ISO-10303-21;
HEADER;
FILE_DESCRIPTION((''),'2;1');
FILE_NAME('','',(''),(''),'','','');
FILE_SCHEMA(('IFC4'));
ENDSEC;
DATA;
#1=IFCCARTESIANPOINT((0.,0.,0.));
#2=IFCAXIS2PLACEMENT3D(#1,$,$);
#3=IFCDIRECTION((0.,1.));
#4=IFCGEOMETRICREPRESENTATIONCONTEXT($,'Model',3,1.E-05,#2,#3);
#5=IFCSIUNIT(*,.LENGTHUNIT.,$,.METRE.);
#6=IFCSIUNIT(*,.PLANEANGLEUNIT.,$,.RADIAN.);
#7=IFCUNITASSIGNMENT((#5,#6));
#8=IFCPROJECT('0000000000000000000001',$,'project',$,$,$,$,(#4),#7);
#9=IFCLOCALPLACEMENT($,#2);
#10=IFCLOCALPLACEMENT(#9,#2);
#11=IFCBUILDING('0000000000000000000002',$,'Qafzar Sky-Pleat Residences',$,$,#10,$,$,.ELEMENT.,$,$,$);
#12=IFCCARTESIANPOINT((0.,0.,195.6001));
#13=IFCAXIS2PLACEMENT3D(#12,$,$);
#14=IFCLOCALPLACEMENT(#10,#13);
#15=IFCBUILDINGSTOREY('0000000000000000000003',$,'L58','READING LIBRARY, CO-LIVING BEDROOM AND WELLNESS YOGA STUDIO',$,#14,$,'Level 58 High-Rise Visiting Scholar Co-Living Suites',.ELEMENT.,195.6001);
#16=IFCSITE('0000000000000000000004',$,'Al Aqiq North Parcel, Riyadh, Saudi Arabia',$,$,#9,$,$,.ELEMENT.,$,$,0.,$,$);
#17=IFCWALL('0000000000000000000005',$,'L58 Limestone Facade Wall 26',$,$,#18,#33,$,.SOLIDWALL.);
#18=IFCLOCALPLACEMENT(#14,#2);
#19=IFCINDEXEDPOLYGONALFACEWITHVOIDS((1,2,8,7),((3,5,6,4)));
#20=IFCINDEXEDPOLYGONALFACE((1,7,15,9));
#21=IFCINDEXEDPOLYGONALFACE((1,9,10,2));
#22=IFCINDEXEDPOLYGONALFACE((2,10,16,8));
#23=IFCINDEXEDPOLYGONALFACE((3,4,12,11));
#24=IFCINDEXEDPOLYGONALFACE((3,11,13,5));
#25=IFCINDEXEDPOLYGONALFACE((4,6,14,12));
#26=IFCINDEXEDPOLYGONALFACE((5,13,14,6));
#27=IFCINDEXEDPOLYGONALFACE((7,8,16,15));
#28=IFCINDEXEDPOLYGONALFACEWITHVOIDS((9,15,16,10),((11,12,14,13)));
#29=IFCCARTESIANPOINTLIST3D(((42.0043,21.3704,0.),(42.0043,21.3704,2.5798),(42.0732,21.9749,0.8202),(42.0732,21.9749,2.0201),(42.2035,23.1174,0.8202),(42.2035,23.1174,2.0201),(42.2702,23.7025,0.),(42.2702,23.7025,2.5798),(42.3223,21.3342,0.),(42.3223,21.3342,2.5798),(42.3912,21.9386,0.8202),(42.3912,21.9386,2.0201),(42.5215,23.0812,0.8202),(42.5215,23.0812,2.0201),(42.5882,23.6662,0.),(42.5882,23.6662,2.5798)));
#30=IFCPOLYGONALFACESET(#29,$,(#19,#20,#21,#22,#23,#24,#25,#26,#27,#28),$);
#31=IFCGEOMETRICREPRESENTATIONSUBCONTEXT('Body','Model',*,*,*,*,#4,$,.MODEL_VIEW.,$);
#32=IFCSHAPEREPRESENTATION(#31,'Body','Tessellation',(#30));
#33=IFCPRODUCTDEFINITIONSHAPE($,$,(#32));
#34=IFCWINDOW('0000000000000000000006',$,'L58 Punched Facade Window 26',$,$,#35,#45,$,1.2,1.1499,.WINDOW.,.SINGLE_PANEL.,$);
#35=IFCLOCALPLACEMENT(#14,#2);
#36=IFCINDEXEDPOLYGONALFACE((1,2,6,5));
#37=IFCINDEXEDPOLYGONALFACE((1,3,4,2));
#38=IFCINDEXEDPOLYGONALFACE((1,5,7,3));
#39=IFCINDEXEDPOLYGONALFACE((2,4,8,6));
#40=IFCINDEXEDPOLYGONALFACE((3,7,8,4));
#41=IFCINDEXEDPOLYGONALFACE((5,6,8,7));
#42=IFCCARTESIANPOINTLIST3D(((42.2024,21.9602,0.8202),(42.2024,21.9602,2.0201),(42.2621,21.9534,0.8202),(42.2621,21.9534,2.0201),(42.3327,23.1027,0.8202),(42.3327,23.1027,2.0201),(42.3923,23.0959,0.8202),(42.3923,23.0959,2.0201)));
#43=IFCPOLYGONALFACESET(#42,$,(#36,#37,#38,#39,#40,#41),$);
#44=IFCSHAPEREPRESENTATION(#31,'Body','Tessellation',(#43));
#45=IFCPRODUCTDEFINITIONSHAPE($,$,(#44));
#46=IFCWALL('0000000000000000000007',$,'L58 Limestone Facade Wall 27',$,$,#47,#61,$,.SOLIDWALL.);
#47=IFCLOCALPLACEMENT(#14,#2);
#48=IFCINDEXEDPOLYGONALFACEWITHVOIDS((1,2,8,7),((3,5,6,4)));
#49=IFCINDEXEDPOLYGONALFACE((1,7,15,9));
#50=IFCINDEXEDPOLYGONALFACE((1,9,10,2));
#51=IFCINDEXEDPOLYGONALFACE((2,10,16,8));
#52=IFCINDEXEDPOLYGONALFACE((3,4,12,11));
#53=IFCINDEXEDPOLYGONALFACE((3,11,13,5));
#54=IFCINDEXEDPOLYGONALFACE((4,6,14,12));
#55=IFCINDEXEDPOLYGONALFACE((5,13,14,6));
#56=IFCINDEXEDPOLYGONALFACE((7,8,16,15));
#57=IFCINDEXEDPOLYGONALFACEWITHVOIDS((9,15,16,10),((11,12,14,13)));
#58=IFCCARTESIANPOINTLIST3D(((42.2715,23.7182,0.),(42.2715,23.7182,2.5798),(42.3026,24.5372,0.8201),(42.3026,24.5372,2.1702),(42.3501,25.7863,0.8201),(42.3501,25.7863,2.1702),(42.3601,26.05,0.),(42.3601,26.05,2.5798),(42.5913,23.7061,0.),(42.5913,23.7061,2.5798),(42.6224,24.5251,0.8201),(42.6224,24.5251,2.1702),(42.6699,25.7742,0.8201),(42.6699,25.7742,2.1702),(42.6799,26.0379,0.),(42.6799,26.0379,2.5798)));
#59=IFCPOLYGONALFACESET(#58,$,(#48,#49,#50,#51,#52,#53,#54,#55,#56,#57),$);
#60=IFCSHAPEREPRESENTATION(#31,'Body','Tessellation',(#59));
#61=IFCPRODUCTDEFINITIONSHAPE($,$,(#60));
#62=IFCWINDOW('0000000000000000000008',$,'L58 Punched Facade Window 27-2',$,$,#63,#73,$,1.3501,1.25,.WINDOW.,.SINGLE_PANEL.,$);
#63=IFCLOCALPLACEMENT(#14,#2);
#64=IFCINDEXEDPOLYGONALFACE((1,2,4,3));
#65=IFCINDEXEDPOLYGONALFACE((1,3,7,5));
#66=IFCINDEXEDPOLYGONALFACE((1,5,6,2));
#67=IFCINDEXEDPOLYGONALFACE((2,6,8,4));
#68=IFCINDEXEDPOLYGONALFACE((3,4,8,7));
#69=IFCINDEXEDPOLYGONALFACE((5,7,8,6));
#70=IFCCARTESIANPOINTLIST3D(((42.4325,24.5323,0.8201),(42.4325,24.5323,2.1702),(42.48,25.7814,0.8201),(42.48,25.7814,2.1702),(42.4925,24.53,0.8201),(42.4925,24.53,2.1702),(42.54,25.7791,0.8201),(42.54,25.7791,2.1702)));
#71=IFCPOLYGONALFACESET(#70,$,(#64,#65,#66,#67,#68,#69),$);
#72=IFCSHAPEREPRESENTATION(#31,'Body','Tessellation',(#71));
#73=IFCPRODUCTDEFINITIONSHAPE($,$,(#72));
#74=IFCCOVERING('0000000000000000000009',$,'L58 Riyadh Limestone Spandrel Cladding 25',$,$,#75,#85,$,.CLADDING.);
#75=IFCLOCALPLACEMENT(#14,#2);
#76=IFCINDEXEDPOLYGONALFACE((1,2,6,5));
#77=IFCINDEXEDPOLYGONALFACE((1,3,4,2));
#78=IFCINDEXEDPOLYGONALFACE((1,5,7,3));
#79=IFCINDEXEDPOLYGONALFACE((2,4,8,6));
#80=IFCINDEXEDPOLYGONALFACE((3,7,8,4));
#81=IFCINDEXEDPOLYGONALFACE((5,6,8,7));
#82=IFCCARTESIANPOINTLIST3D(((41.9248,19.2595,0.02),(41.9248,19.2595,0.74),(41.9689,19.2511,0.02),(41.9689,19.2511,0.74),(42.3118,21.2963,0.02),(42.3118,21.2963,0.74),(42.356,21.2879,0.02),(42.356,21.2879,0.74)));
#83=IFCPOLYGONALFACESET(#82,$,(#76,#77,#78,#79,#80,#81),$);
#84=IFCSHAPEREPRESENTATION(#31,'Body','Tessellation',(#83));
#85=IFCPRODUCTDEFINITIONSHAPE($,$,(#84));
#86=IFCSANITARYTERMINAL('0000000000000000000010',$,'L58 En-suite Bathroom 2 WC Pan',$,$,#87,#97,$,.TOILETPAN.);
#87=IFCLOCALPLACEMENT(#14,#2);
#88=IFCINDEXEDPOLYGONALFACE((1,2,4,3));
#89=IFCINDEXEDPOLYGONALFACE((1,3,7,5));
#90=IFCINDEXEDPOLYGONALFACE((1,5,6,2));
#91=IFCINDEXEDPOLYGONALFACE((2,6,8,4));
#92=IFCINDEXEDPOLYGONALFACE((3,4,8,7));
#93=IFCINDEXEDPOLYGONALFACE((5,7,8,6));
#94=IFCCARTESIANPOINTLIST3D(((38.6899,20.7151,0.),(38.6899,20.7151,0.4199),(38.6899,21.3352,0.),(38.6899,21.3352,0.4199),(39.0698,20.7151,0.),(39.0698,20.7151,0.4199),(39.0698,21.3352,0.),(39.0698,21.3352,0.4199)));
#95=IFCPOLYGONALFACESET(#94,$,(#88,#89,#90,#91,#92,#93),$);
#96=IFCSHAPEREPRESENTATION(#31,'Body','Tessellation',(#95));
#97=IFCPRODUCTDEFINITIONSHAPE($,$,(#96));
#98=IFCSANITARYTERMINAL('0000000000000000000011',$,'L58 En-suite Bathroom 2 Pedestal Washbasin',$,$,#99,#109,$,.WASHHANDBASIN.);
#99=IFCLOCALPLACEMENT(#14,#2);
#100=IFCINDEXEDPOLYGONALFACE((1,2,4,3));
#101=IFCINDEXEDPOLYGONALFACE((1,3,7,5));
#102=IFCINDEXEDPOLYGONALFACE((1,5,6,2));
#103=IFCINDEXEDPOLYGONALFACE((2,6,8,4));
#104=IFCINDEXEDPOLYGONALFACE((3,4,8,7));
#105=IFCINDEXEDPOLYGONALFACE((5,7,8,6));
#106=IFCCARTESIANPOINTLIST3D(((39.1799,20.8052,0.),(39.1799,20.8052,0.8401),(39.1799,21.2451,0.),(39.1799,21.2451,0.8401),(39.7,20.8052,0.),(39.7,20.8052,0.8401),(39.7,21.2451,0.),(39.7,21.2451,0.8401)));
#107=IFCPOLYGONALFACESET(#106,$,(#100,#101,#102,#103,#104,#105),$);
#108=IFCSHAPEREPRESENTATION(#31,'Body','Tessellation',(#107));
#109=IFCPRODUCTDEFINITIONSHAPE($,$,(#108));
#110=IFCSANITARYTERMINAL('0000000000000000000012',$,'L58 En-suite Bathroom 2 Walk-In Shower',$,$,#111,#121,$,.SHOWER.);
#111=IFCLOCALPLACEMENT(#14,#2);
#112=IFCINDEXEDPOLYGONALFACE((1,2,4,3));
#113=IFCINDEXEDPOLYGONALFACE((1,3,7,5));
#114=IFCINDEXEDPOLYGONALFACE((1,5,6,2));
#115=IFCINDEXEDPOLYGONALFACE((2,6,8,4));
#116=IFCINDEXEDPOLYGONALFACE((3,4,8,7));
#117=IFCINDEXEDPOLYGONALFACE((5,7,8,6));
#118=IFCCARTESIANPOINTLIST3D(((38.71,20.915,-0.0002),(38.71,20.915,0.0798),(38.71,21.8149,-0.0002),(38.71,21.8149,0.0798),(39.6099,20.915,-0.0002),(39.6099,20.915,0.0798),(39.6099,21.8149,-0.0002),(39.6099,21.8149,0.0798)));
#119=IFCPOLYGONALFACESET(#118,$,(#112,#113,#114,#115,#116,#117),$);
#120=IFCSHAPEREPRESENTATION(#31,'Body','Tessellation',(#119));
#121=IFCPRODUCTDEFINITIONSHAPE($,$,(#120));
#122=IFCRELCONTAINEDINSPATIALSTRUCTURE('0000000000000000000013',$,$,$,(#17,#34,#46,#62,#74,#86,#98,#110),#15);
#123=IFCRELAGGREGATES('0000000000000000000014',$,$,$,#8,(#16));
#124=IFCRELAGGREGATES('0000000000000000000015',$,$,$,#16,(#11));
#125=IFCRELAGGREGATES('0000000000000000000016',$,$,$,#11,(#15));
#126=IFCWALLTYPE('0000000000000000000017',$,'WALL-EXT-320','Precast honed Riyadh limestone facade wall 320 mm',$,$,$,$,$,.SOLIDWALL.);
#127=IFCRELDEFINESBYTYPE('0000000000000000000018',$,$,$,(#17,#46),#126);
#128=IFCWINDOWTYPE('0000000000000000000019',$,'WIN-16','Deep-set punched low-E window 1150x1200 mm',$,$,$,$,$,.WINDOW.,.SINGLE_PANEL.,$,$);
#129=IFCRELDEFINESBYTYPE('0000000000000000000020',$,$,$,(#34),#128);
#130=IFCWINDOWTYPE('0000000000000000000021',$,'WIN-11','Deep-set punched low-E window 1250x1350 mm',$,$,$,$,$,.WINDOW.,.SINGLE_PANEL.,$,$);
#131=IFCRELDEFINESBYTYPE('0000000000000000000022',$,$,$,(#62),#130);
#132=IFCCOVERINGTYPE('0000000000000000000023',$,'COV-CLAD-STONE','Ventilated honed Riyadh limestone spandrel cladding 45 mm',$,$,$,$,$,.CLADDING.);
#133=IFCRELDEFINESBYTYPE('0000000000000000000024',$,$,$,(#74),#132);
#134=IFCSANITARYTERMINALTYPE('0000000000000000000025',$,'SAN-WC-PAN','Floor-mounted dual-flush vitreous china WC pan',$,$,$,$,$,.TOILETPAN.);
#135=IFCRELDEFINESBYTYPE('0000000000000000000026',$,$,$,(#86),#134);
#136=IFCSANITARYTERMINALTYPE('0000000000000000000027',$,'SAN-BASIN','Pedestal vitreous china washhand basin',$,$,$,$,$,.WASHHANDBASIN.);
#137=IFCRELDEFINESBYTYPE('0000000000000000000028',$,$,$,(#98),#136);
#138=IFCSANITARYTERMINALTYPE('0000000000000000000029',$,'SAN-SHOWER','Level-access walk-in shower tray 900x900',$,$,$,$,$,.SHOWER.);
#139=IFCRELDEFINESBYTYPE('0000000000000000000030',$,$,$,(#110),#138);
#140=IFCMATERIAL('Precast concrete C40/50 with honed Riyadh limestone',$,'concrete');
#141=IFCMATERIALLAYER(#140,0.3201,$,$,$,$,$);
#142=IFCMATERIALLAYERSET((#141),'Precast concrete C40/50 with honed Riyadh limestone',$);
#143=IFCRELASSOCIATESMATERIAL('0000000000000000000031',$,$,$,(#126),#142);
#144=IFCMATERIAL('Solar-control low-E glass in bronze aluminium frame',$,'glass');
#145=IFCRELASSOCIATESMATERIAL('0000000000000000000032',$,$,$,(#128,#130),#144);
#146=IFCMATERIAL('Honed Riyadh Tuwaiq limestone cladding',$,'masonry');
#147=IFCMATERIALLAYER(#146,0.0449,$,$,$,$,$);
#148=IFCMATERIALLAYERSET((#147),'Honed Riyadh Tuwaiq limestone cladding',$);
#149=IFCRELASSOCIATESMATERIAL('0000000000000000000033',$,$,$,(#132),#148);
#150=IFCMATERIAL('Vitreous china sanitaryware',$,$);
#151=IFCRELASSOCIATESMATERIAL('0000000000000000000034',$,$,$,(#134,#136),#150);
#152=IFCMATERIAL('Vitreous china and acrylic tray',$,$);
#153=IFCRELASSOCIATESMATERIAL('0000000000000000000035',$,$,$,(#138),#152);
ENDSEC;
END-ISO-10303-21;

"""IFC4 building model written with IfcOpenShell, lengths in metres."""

from ifc_helpers import new_model, si_unit, direction, frame, frame_2d, origin, origin_2d, place, context, subcontext, project, spatial, rectangle, extrude, source, transform, mapped, material, layer, layer_set, type_object, element, fill, save


model = new_model("IFC4")

# Units and contexts
model_context = context("Model", 3, precision=1e-05, world=origin(), true_north=direction((0.0, 1.0)))
body_context = subcontext(model_context, "Body", "Model", "MODEL_VIEW")
ifc_project = project(units=[si_unit("LENGTHUNIT", "METRE"), si_unit("PLANEANGLEUNIT", "RADIAN")], contexts=[model_context])

# Site, building, storey
site_placement = place(None, origin())
site = spatial("IfcSite", under=ifc_project, at=site_placement, Name="Al Aqiq North Parcel, Riyadh, Saudi Arabia", CompositionType="ELEMENT", RefElevation=0.0)
building_placement = place(site_placement, origin())
building = spatial("IfcBuilding", under=site, at=building_placement, Name="Qafzar Sky-Pleat Residences", CompositionType="ELEMENT")
storey_placement = place(building_placement, frame((0.0, 0.0, 195.6001)))
storey = spatial("IfcBuildingStorey", under=building, at=storey_placement, Name="L58", Description="READING LIBRARY, CO-LIVING BEDROOM AND WELLNESS YOGA STUDIO", LongName="Level 58 High-Rise Visiting Scholar Co-Living Suites", CompositionType="ELEMENT", Elevation=195.6001)

# Walls, openings, windows
ifc_material_1 = material(Name="Precast concrete C40/50 with honed Riyadh limestone", Category="concrete")
ifc_layer_1 = layer(ifc_material_1, 0.3201)
ifc_layer_set_1 = layer_set([ifc_layer_1], Name="Precast concrete C40/50 with honed Riyadh limestone")
wall_type_1 = type_object("IfcWallType", Name="WALL-EXT-320", Description="Precast honed Riyadh limestone facade wall 320 mm", PredefinedType="SOLIDWALL", material=ifc_layer_set_1)
wall_1_placement = place(storey_placement, frame((42.1633, 21.3523, 0.0), z_axis=(0.0, 0.0, 1.0), x_axis=(0.113274, 0.993564, 0.0)))
wall_1 = element("IfcWall", 1, at=wall_1_placement, inside=storey, type_object=wall_type_1, Name="L58 Limestone Facade Wall 26", PredefinedType="SOLIDWALL", context=body_context, shape_type="SweptSolid", body=[
    extrude(rectangle(XDim=2.3472, YDim=0.3201, at=frame_2d((1.1736, 0.0))), origin(), (0.0, 0.0, 1.0), 2.5798),
])
opening_1_placement = place(wall_1_placement, frame((0.6084, 0.0, 0.8201)))
opening_1 = element("IfcOpeningElement", 2, at=opening_1_placement, cuts=wall_1, PredefinedType="OPENING", context=body_context, shape_type="SweptSolid", body=[
    extrude(rectangle(XDim=1.1499, YDim=1.2, at=frame_2d((0.575, 0.6001))), frame((0.0, 0.1699, 0.0), z_axis=(0.0, -1.0, 0.0), x_axis=(1.0, 0.0, 0.0)), (0.0, 0.0, 1.0), 0.3401),
])
ifc_material_2 = material(Name="Solar-control low-E glass in bronze aluminium frame", Category="glass")
window_type_1 = type_object("IfcWindowType", Name="WIN-16", Description="Deep-set punched low-E window 1150x1200 mm", PartitioningType="SINGLE_PANEL", PredefinedType="WINDOW", material=ifc_material_2)
shared_shape_1 = source(origin(), body_context, "Body", "SweptSolid", [
    extrude(rectangle(XDim=1.1499, YDim=1.2, at=frame_2d((0.575, 0.6001))), frame((0.0, 0.03, 0.0), z_axis=(0.0, -1.0, 0.0), x_axis=(1.0, 0.0, 0.0)), (0.0, 0.0, 1.0), 0.0601),
])
window_1_placement = place(opening_1_placement, origin())
window_1 = element("IfcWindow", 3, at=window_1_placement, inside=storey, type_object=window_type_1, Name="L58 Punched Facade Window 26", OverallHeight=1.2, OverallWidth=1.1499, PartitioningType="SINGLE_PANEL", PredefinedType="WINDOW", context=body_context, shape_type="MappedRepresentation", body=[
    mapped(shared_shape_1, transform((0.0, 0.0, 0.0), x_axis=(1.0, 0.0, 0.0), y_axis=(0.0, 1.0, 0.0), z_axis=(0.0, 0.0, 1.0), scale=1.0)),
])
fill(opening_1, window_1)
wall_2_placement = place(storey_placement, frame((42.4314, 23.7122, 0.0), z_axis=(0.0, 0.0, 1.0), x_axis=(0.037979, 0.999279, 0.0)))
wall_2 = element("IfcWall", 4, at=wall_2_placement, inside=storey, type_object=wall_type_1, Name="L58 Limestone Facade Wall 27", PredefinedType="SOLIDWALL", context=body_context, shape_type="SweptSolid", body=[
    extrude(rectangle(XDim=2.3335, YDim=0.3201, at=frame_2d((1.1667, 0.0))), origin(), (0.0, 0.0, 1.0), 2.5798),
])
opening_2_placement = place(wall_2_placement, frame((0.8196, 0.0, 0.8201)))
opening_2 = element("IfcOpeningElement", 5, at=opening_2_placement, cuts=wall_2, PredefinedType="OPENING", context=body_context, shape_type="SweptSolid", body=[
    extrude(rectangle(XDim=1.25, YDim=1.3501, at=frame_2d((0.625, 0.675))), frame((0.0, 0.1699, 0.0), z_axis=(0.0, -1.0, 0.0), x_axis=(1.0, 0.0, 0.0)), (0.0, 0.0, 1.0), 0.3401),
])
window_type_2 = type_object("IfcWindowType", Name="WIN-11", Description="Deep-set punched low-E window 1250x1350 mm", PartitioningType="SINGLE_PANEL", PredefinedType="WINDOW", material=ifc_material_2)
shared_shape_2 = source(origin(), body_context, "Body", "SweptSolid", [
    extrude(rectangle(XDim=1.25, YDim=1.3501, at=frame_2d((0.625, 0.675))), frame((0.0, 0.03, 0.0), z_axis=(0.0, -1.0, 0.0), x_axis=(1.0, 0.0, 0.0)), (0.0, 0.0, 1.0), 0.0601),
])
window_2_placement = place(opening_2_placement, origin())
window_2 = element("IfcWindow", 6, at=window_2_placement, inside=storey, type_object=window_type_2, Name="L58 Punched Facade Window 27-2", OverallHeight=1.3501, OverallWidth=1.25, PartitioningType="SINGLE_PANEL", PredefinedType="WINDOW", context=body_context, shape_type="MappedRepresentation", body=[
    mapped(shared_shape_2, transform((0.0, 0.0, 0.0), x_axis=(1.0, 0.0, 0.0), y_axis=(0.0, 1.0, 0.0), z_axis=(0.0, 0.0, 1.0), scale=1.0)),
])
fill(opening_2, window_2)

# Covering
ifc_material_3 = material(Name="Honed Riyadh Tuwaiq limestone cladding", Category="masonry")
ifc_layer_2 = layer(ifc_material_3, 0.0449)
ifc_layer_set_2 = layer_set([ifc_layer_2], Name="Honed Riyadh Tuwaiq limestone cladding")
covering_type = type_object("IfcCoveringType", Name="COV-CLAD-STONE", Description="Ventilated honed Riyadh limestone spandrel cladding 45 mm", PredefinedType="CLADDING", material=ifc_layer_set_2)
shared_shape_3 = source(origin(), body_context, "Body", "SweptSolid", [
    extrude(rectangle(XDim=2.0732, YDim=0.0449, at=origin_2d()), origin(), (0.0, 0.0, 1.0), 0.72),
])
covering_placement = place(storey_placement, frame((42.1404, 20.2737, 0.02), z_axis=(0.0, 0.0, 1.0), x_axis=(0.186673, 0.982422, 0.0)))
element("IfcCovering", 7, at=covering_placement, inside=storey, type_object=covering_type, Name="L58 Riyadh Limestone Spandrel Cladding 25", PredefinedType="CLADDING", context=body_context, shape_type="MappedRepresentation", body=[
    mapped(shared_shape_3, transform((0.0, 0.0, 0.0), x_axis=(1.0, 0.0, 0.0), y_axis=(0.0, 1.0, 0.0), z_axis=(0.0, 0.0, 1.0), scale=1.0)),
])

# Sanitary terminals
ifc_material_4 = material(Name="Vitreous china sanitaryware")
sanitary_terminal_type_1 = type_object("IfcSanitaryTerminalType", Name="SAN-WC-PAN", Description="Floor-mounted dual-flush vitreous china WC pan", PredefinedType="TOILETPAN", material=ifc_material_4)
shared_shape_4 = source(origin(), body_context, "Body", "SweptSolid", [
    extrude(rectangle(XDim=0.3799, YDim=0.6201, at=origin_2d()), origin(), (0.0, 0.0, 1.0), 0.4199),
])
sanitary_terminal_1_placement = place(storey_placement, frame((38.8799, 21.0251, 0.0), z_axis=(0.0, 0.0, 1.0), x_axis=(1.0, 0.0, 0.0)))
element("IfcSanitaryTerminal", 8, at=sanitary_terminal_1_placement, inside=storey, type_object=sanitary_terminal_type_1, Name="L58 En-suite Bathroom 2 WC Pan", PredefinedType="TOILETPAN", context=body_context, shape_type="MappedRepresentation", body=[
    mapped(shared_shape_4, transform((0.0, 0.0, 0.0), x_axis=(1.0, 0.0, 0.0), y_axis=(0.0, 1.0, 0.0), z_axis=(0.0, 0.0, 1.0), scale=1.0)),
])
sanitary_terminal_type_2 = type_object("IfcSanitaryTerminalType", Name="SAN-BASIN", Description="Pedestal vitreous china washhand basin", PredefinedType="WASHHANDBASIN", material=ifc_material_4)
shared_shape_5 = source(origin(), body_context, "Body", "SweptSolid", [
    extrude(rectangle(XDim=0.52, YDim=0.4399, at=origin_2d()), origin(), (0.0, 0.0, 1.0), 0.8401),
])
sanitary_terminal_2_placement = place(storey_placement, frame((39.4399, 21.0251, 0.0), z_axis=(0.0, 0.0, 1.0), x_axis=(1.0, 0.0, 0.0)))
element("IfcSanitaryTerminal", 9, at=sanitary_terminal_2_placement, inside=storey, type_object=sanitary_terminal_type_2, Name="L58 En-suite Bathroom 2 Pedestal Washbasin", PredefinedType="WASHHANDBASIN", context=body_context, shape_type="MappedRepresentation", body=[
    mapped(shared_shape_5, transform((0.0, 0.0, 0.0), x_axis=(1.0, 0.0, 0.0), y_axis=(0.0, 1.0, 0.0), z_axis=(0.0, 0.0, 1.0), scale=1.0)),
])
ifc_material_5 = material(Name="Vitreous china and acrylic tray")
sanitary_terminal_type_3 = type_object("IfcSanitaryTerminalType", Name="SAN-SHOWER", Description="Level-access walk-in shower tray 900x900", PredefinedType="SHOWER", material=ifc_material_5)
shared_shape_6 = source(origin(), body_context, "Body", "SweptSolid", [
    extrude(rectangle(XDim=0.8999, YDim=0.8999, at=origin_2d()), origin(), (0.0, 0.0, 1.0), 0.0801),
])
sanitary_terminal_3_placement = place(storey_placement, frame((39.1599, 21.365, -0.0002), z_axis=(0.0, 0.0, 1.0), x_axis=(1.0, 0.0, 0.0)))
element("IfcSanitaryTerminal", 10, at=sanitary_terminal_3_placement, inside=storey, type_object=sanitary_terminal_type_3, Name="L58 En-suite Bathroom 2 Walk-In Shower", PredefinedType="SHOWER", context=body_context, shape_type="MappedRepresentation", body=[
    mapped(shared_shape_6, transform((0.0, 0.0, 0.0), x_axis=(1.0, 0.0, 0.0), y_axis=(0.0, 1.0, 0.0), z_axis=(0.0, 0.0, 1.0), scale=1.0)),
])

save(model, "model.ifc")
